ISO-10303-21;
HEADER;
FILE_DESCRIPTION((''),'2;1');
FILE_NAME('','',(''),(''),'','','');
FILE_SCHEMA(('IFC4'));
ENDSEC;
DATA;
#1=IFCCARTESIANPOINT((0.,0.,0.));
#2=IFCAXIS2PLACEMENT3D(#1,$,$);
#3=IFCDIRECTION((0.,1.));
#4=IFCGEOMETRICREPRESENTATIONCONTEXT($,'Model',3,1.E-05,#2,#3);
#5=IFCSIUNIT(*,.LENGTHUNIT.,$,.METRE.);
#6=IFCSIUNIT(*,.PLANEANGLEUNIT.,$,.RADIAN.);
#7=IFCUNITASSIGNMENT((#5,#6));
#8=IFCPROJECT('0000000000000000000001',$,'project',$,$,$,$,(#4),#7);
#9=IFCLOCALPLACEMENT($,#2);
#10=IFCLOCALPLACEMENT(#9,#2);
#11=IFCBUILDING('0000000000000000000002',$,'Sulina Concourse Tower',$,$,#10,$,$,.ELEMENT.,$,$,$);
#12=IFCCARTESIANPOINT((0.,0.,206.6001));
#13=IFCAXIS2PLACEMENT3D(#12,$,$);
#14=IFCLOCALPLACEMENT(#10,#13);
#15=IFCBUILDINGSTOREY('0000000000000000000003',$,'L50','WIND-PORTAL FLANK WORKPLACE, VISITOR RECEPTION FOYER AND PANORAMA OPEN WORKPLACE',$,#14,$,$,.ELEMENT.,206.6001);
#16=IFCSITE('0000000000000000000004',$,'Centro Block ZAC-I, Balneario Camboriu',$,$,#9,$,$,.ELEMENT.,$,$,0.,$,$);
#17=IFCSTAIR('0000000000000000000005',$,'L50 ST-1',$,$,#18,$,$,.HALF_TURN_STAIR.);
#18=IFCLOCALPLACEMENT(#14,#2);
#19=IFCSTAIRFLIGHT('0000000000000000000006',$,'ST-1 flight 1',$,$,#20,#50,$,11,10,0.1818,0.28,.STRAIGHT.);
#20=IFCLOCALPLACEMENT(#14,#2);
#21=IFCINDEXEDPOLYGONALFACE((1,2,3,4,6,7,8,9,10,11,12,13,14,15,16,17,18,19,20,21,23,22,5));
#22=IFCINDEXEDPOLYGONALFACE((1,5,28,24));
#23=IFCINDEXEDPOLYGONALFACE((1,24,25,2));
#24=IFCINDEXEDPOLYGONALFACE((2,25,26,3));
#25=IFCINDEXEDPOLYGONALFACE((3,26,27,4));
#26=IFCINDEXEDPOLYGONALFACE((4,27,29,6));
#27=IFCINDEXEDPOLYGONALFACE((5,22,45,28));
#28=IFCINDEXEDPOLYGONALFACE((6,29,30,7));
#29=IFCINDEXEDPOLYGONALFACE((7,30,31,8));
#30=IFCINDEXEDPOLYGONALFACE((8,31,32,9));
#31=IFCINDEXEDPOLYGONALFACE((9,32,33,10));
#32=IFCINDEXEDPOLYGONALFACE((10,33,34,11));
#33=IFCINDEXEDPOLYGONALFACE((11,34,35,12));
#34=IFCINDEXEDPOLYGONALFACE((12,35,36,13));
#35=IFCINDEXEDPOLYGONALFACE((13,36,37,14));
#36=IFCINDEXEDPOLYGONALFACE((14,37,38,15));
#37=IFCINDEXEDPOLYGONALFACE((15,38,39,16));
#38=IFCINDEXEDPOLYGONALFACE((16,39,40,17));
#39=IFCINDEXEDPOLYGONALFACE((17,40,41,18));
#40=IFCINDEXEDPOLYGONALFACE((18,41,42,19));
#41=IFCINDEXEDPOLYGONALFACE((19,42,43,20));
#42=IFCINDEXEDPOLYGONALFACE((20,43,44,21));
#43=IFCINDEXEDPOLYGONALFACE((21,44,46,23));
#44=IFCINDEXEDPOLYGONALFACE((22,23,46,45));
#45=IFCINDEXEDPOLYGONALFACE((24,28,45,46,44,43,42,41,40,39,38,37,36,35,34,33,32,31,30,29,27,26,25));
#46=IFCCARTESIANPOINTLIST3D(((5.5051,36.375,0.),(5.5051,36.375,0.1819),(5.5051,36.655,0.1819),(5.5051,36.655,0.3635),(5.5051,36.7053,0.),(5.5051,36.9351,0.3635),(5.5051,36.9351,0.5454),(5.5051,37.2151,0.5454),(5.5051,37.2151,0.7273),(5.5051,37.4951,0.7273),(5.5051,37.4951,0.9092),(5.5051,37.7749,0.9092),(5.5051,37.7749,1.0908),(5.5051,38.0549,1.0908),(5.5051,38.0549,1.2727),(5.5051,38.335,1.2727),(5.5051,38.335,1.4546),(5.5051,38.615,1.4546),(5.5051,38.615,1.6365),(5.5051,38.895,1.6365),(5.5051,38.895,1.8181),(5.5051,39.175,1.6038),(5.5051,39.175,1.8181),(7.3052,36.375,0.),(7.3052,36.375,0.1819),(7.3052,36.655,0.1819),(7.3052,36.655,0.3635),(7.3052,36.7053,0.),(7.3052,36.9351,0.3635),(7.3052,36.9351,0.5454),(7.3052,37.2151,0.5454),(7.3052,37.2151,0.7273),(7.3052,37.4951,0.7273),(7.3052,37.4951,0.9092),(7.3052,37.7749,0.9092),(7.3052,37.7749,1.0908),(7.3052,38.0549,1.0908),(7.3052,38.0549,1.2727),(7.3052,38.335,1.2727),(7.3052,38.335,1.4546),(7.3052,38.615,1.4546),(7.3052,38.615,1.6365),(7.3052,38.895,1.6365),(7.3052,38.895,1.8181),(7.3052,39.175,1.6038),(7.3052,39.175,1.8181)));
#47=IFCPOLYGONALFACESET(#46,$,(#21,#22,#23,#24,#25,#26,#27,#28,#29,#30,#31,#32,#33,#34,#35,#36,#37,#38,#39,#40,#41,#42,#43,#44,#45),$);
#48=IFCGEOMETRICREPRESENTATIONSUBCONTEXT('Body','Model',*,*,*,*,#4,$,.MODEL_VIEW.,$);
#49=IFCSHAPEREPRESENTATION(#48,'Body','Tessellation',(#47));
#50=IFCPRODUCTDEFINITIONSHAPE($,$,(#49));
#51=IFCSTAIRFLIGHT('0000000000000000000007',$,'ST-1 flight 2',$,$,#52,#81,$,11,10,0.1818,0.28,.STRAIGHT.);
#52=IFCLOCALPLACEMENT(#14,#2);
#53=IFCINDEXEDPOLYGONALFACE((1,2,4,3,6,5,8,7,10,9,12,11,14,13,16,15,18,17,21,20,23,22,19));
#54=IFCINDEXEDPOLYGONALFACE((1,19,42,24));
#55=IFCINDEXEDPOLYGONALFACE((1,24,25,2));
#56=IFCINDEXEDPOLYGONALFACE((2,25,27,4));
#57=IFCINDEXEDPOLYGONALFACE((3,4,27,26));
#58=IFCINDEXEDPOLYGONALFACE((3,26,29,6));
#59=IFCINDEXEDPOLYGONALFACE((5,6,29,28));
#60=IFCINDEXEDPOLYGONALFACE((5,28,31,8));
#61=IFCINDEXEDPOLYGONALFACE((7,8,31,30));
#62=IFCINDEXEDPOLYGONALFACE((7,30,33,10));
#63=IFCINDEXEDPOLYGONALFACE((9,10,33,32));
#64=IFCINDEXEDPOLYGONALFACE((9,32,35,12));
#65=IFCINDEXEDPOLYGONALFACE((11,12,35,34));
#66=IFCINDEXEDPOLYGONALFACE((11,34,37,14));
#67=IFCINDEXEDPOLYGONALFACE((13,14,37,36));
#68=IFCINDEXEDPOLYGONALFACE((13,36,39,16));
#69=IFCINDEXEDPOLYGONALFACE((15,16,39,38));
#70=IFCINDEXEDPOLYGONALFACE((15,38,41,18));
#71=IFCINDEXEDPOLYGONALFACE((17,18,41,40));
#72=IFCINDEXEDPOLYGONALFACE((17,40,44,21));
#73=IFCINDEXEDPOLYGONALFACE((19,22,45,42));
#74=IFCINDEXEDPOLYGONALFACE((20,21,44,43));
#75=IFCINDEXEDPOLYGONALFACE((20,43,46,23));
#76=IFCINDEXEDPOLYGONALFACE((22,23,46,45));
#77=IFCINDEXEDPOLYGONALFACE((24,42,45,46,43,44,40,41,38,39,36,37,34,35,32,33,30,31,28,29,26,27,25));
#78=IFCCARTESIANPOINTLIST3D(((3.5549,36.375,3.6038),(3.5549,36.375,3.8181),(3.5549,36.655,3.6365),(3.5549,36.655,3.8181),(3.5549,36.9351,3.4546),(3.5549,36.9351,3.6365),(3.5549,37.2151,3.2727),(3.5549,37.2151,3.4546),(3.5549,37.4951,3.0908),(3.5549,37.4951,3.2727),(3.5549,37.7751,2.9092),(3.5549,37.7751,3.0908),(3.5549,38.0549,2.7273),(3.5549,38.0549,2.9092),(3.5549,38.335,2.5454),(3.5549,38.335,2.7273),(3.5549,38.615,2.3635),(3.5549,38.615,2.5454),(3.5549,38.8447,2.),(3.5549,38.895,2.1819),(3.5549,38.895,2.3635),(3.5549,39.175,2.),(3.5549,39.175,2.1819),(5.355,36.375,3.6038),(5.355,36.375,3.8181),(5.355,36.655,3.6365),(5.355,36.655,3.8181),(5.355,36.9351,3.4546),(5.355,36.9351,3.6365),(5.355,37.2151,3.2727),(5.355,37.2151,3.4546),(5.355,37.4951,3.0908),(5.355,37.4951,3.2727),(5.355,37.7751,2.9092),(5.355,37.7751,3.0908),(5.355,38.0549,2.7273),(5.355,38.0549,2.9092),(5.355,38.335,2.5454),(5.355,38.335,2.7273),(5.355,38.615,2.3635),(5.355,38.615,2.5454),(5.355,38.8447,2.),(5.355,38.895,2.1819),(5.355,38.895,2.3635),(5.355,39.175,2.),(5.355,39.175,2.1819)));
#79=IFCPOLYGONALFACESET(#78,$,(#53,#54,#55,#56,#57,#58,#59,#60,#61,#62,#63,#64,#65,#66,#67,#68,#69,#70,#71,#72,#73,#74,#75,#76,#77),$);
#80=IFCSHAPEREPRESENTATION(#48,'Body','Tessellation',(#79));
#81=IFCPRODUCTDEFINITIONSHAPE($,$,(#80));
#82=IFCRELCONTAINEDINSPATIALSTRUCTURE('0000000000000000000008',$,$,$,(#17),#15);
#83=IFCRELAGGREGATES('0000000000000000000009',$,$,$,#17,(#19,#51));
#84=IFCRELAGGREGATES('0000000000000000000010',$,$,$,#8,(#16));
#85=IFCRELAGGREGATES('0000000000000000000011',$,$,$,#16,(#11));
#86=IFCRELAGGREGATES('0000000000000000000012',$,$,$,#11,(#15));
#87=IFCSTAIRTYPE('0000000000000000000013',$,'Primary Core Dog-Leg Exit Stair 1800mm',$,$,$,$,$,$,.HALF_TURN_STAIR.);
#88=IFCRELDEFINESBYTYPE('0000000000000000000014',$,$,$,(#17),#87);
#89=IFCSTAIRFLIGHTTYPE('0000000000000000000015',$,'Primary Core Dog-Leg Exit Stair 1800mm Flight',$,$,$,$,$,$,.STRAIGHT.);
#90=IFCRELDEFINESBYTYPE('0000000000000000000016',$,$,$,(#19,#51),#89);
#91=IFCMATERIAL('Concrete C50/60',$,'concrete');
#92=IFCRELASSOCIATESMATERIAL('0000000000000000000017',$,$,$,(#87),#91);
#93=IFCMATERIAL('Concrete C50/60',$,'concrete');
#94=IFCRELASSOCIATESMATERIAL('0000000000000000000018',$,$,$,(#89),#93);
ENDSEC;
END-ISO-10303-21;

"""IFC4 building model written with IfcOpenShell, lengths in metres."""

from ifc_helpers import new_model, si_unit, direction, frame, origin, place, context, subcontext, project, spatial, polyline, outline, extrude, material, type_object, element, aggregate, save


model = new_model("IFC4")

# Units and contexts
model_context = context("Model", 3, precision=1e-05, world=origin(), true_north=direction((0.0, 1.0)))
body_context = subcontext(model_context, "Body", "Model", "MODEL_VIEW")
ifc_project = project(units=[si_unit("LENGTHUNIT", "METRE"), si_unit("PLANEANGLEUNIT", "RADIAN")], contexts=[model_context])

# Site, building, storey
site_placement = place(None, origin())
site = spatial("IfcSite", under=ifc_project, at=site_placement, Name="Centro Block ZAC-I, Balneario Camboriu", CompositionType="ELEMENT", RefElevation=0.0)
building_placement = place(site_placement, origin())
building = spatial("IfcBuilding", under=site, at=building_placement, Name="Sulina Concourse Tower", CompositionType="ELEMENT")
storey_placement = place(building_placement, frame((0.0, 0.0, 206.6001)))
storey = spatial("IfcBuildingStorey", under=building, at=storey_placement, Name="L50", Description="WIND-PORTAL FLANK WORKPLACE, VISITOR RECEPTION FOYER AND PANORAMA OPEN WORKPLACE", CompositionType="ELEMENT", Elevation=206.6001)

# Stair, stair flights
ifc_material_1 = material(Name="Concrete C50/60", Category="concrete")
stair_type = type_object("IfcStairType", Name="Primary Core Dog-Leg Exit Stair 1800mm", PredefinedType="HALF_TURN_STAIR", material=ifc_material_1)
stair_placement = place(storey_placement, origin())
stair = element("IfcStair", 1, at=stair_placement, inside=storey, type_object=stair_type, Name="L50 ST-1", PredefinedType="HALF_TURN_STAIR")
ifc_material_2 = material(Name="Concrete C50/60", Category="concrete")
stair_flight_type = type_object("IfcStairFlightType", Name="Primary Core Dog-Leg Exit Stair 1800mm Flight", PredefinedType="STRAIGHT", material=ifc_material_2)
stair_flight_1_placement = place(storey_placement, frame((6.405, 36.375, 0.0), z_axis=(0.0, 0.0, 1.0), x_axis=(0.0, 1.0, 0.0)))
stair_flight_1 = element("IfcStairFlight", 2, at=stair_flight_1_placement, type_object=stair_flight_type, Name="ST-1 flight 1", NumberOfRisers=11, NumberOfTreads=10, PredefinedType="STRAIGHT", RiserHeight=0.1818, TreadLength=0.28, context=body_context, shape_type="SweptSolid", body=[
    extrude(outline(polyline([(0.0, 0.0), (0.0, 0.1819), (0.28, 0.1819), (0.28, 0.3635), (0.5601, 0.3635), (0.5601, 0.5454), (0.8401, 0.5454), (0.8401, 0.7273), (1.1201, 0.7273), (1.1201, 0.9092), (1.3999, 0.9092), (1.3999, 1.0908), (1.6799, 1.0908), (1.6799, 1.2727), (1.96, 1.2727), (1.96, 1.4546), (2.24, 1.4546), (2.24, 1.6365), (2.52, 1.6365), (2.52, 1.8181), (2.8, 1.8181), (2.8, 2.0), (2.8, 1.6038), (0.3303, 0.0), (0.0, 0.0)])), frame((0.0, 0.8999, 0.0), z_axis=(0.0, -1.0, 0.0), x_axis=(1.0, 0.0, 0.0)), (0.0, 0.0, 1.0), 1.8),
])
stair_flight_2_placement = place(storey_placement, frame((4.4551, 39.175, 2.0), z_axis=(0.0, 0.0, 1.0), x_axis=(0.0, -1.0, 0.0)))
stair_flight_2 = element("IfcStairFlight", 3, at=stair_flight_2_placement, type_object=stair_flight_type, Name="ST-1 flight 2", NumberOfRisers=11, NumberOfTreads=10, PredefinedType="STRAIGHT", RiserHeight=0.1818, TreadLength=0.28, context=body_context, shape_type="SweptSolid", body=[
    extrude(outline(polyline([(0.0, 0.0), (0.0, 0.1819), (0.28, 0.1819), (0.28, 0.3635), (0.5601, 0.3635), (0.5601, 0.5454), (0.8401, 0.5454), (0.8401, 0.7273), (1.1201, 0.7273), (1.1201, 0.9092), (1.3999, 0.9092), (1.3999, 1.0908), (1.6799, 1.0908), (1.6799, 1.2727), (1.96, 1.2727), (1.96, 1.4546), (2.24, 1.4546), (2.24, 1.6365), (2.52, 1.6365), (2.52, 1.8181), (2.8, 1.8181), (2.8, 2.0), (2.8, 1.6038), (0.3303, 0.0), (0.0, 0.0)])), frame((0.0, 0.8999, 0.0), z_axis=(0.0, -1.0, 0.0), x_axis=(1.0, 0.0, 0.0)), (0.0, 0.0, 1.0), 1.8),
])
aggregate(stair, [stair_flight_1, stair_flight_2])

save(model, "model.ifc")
